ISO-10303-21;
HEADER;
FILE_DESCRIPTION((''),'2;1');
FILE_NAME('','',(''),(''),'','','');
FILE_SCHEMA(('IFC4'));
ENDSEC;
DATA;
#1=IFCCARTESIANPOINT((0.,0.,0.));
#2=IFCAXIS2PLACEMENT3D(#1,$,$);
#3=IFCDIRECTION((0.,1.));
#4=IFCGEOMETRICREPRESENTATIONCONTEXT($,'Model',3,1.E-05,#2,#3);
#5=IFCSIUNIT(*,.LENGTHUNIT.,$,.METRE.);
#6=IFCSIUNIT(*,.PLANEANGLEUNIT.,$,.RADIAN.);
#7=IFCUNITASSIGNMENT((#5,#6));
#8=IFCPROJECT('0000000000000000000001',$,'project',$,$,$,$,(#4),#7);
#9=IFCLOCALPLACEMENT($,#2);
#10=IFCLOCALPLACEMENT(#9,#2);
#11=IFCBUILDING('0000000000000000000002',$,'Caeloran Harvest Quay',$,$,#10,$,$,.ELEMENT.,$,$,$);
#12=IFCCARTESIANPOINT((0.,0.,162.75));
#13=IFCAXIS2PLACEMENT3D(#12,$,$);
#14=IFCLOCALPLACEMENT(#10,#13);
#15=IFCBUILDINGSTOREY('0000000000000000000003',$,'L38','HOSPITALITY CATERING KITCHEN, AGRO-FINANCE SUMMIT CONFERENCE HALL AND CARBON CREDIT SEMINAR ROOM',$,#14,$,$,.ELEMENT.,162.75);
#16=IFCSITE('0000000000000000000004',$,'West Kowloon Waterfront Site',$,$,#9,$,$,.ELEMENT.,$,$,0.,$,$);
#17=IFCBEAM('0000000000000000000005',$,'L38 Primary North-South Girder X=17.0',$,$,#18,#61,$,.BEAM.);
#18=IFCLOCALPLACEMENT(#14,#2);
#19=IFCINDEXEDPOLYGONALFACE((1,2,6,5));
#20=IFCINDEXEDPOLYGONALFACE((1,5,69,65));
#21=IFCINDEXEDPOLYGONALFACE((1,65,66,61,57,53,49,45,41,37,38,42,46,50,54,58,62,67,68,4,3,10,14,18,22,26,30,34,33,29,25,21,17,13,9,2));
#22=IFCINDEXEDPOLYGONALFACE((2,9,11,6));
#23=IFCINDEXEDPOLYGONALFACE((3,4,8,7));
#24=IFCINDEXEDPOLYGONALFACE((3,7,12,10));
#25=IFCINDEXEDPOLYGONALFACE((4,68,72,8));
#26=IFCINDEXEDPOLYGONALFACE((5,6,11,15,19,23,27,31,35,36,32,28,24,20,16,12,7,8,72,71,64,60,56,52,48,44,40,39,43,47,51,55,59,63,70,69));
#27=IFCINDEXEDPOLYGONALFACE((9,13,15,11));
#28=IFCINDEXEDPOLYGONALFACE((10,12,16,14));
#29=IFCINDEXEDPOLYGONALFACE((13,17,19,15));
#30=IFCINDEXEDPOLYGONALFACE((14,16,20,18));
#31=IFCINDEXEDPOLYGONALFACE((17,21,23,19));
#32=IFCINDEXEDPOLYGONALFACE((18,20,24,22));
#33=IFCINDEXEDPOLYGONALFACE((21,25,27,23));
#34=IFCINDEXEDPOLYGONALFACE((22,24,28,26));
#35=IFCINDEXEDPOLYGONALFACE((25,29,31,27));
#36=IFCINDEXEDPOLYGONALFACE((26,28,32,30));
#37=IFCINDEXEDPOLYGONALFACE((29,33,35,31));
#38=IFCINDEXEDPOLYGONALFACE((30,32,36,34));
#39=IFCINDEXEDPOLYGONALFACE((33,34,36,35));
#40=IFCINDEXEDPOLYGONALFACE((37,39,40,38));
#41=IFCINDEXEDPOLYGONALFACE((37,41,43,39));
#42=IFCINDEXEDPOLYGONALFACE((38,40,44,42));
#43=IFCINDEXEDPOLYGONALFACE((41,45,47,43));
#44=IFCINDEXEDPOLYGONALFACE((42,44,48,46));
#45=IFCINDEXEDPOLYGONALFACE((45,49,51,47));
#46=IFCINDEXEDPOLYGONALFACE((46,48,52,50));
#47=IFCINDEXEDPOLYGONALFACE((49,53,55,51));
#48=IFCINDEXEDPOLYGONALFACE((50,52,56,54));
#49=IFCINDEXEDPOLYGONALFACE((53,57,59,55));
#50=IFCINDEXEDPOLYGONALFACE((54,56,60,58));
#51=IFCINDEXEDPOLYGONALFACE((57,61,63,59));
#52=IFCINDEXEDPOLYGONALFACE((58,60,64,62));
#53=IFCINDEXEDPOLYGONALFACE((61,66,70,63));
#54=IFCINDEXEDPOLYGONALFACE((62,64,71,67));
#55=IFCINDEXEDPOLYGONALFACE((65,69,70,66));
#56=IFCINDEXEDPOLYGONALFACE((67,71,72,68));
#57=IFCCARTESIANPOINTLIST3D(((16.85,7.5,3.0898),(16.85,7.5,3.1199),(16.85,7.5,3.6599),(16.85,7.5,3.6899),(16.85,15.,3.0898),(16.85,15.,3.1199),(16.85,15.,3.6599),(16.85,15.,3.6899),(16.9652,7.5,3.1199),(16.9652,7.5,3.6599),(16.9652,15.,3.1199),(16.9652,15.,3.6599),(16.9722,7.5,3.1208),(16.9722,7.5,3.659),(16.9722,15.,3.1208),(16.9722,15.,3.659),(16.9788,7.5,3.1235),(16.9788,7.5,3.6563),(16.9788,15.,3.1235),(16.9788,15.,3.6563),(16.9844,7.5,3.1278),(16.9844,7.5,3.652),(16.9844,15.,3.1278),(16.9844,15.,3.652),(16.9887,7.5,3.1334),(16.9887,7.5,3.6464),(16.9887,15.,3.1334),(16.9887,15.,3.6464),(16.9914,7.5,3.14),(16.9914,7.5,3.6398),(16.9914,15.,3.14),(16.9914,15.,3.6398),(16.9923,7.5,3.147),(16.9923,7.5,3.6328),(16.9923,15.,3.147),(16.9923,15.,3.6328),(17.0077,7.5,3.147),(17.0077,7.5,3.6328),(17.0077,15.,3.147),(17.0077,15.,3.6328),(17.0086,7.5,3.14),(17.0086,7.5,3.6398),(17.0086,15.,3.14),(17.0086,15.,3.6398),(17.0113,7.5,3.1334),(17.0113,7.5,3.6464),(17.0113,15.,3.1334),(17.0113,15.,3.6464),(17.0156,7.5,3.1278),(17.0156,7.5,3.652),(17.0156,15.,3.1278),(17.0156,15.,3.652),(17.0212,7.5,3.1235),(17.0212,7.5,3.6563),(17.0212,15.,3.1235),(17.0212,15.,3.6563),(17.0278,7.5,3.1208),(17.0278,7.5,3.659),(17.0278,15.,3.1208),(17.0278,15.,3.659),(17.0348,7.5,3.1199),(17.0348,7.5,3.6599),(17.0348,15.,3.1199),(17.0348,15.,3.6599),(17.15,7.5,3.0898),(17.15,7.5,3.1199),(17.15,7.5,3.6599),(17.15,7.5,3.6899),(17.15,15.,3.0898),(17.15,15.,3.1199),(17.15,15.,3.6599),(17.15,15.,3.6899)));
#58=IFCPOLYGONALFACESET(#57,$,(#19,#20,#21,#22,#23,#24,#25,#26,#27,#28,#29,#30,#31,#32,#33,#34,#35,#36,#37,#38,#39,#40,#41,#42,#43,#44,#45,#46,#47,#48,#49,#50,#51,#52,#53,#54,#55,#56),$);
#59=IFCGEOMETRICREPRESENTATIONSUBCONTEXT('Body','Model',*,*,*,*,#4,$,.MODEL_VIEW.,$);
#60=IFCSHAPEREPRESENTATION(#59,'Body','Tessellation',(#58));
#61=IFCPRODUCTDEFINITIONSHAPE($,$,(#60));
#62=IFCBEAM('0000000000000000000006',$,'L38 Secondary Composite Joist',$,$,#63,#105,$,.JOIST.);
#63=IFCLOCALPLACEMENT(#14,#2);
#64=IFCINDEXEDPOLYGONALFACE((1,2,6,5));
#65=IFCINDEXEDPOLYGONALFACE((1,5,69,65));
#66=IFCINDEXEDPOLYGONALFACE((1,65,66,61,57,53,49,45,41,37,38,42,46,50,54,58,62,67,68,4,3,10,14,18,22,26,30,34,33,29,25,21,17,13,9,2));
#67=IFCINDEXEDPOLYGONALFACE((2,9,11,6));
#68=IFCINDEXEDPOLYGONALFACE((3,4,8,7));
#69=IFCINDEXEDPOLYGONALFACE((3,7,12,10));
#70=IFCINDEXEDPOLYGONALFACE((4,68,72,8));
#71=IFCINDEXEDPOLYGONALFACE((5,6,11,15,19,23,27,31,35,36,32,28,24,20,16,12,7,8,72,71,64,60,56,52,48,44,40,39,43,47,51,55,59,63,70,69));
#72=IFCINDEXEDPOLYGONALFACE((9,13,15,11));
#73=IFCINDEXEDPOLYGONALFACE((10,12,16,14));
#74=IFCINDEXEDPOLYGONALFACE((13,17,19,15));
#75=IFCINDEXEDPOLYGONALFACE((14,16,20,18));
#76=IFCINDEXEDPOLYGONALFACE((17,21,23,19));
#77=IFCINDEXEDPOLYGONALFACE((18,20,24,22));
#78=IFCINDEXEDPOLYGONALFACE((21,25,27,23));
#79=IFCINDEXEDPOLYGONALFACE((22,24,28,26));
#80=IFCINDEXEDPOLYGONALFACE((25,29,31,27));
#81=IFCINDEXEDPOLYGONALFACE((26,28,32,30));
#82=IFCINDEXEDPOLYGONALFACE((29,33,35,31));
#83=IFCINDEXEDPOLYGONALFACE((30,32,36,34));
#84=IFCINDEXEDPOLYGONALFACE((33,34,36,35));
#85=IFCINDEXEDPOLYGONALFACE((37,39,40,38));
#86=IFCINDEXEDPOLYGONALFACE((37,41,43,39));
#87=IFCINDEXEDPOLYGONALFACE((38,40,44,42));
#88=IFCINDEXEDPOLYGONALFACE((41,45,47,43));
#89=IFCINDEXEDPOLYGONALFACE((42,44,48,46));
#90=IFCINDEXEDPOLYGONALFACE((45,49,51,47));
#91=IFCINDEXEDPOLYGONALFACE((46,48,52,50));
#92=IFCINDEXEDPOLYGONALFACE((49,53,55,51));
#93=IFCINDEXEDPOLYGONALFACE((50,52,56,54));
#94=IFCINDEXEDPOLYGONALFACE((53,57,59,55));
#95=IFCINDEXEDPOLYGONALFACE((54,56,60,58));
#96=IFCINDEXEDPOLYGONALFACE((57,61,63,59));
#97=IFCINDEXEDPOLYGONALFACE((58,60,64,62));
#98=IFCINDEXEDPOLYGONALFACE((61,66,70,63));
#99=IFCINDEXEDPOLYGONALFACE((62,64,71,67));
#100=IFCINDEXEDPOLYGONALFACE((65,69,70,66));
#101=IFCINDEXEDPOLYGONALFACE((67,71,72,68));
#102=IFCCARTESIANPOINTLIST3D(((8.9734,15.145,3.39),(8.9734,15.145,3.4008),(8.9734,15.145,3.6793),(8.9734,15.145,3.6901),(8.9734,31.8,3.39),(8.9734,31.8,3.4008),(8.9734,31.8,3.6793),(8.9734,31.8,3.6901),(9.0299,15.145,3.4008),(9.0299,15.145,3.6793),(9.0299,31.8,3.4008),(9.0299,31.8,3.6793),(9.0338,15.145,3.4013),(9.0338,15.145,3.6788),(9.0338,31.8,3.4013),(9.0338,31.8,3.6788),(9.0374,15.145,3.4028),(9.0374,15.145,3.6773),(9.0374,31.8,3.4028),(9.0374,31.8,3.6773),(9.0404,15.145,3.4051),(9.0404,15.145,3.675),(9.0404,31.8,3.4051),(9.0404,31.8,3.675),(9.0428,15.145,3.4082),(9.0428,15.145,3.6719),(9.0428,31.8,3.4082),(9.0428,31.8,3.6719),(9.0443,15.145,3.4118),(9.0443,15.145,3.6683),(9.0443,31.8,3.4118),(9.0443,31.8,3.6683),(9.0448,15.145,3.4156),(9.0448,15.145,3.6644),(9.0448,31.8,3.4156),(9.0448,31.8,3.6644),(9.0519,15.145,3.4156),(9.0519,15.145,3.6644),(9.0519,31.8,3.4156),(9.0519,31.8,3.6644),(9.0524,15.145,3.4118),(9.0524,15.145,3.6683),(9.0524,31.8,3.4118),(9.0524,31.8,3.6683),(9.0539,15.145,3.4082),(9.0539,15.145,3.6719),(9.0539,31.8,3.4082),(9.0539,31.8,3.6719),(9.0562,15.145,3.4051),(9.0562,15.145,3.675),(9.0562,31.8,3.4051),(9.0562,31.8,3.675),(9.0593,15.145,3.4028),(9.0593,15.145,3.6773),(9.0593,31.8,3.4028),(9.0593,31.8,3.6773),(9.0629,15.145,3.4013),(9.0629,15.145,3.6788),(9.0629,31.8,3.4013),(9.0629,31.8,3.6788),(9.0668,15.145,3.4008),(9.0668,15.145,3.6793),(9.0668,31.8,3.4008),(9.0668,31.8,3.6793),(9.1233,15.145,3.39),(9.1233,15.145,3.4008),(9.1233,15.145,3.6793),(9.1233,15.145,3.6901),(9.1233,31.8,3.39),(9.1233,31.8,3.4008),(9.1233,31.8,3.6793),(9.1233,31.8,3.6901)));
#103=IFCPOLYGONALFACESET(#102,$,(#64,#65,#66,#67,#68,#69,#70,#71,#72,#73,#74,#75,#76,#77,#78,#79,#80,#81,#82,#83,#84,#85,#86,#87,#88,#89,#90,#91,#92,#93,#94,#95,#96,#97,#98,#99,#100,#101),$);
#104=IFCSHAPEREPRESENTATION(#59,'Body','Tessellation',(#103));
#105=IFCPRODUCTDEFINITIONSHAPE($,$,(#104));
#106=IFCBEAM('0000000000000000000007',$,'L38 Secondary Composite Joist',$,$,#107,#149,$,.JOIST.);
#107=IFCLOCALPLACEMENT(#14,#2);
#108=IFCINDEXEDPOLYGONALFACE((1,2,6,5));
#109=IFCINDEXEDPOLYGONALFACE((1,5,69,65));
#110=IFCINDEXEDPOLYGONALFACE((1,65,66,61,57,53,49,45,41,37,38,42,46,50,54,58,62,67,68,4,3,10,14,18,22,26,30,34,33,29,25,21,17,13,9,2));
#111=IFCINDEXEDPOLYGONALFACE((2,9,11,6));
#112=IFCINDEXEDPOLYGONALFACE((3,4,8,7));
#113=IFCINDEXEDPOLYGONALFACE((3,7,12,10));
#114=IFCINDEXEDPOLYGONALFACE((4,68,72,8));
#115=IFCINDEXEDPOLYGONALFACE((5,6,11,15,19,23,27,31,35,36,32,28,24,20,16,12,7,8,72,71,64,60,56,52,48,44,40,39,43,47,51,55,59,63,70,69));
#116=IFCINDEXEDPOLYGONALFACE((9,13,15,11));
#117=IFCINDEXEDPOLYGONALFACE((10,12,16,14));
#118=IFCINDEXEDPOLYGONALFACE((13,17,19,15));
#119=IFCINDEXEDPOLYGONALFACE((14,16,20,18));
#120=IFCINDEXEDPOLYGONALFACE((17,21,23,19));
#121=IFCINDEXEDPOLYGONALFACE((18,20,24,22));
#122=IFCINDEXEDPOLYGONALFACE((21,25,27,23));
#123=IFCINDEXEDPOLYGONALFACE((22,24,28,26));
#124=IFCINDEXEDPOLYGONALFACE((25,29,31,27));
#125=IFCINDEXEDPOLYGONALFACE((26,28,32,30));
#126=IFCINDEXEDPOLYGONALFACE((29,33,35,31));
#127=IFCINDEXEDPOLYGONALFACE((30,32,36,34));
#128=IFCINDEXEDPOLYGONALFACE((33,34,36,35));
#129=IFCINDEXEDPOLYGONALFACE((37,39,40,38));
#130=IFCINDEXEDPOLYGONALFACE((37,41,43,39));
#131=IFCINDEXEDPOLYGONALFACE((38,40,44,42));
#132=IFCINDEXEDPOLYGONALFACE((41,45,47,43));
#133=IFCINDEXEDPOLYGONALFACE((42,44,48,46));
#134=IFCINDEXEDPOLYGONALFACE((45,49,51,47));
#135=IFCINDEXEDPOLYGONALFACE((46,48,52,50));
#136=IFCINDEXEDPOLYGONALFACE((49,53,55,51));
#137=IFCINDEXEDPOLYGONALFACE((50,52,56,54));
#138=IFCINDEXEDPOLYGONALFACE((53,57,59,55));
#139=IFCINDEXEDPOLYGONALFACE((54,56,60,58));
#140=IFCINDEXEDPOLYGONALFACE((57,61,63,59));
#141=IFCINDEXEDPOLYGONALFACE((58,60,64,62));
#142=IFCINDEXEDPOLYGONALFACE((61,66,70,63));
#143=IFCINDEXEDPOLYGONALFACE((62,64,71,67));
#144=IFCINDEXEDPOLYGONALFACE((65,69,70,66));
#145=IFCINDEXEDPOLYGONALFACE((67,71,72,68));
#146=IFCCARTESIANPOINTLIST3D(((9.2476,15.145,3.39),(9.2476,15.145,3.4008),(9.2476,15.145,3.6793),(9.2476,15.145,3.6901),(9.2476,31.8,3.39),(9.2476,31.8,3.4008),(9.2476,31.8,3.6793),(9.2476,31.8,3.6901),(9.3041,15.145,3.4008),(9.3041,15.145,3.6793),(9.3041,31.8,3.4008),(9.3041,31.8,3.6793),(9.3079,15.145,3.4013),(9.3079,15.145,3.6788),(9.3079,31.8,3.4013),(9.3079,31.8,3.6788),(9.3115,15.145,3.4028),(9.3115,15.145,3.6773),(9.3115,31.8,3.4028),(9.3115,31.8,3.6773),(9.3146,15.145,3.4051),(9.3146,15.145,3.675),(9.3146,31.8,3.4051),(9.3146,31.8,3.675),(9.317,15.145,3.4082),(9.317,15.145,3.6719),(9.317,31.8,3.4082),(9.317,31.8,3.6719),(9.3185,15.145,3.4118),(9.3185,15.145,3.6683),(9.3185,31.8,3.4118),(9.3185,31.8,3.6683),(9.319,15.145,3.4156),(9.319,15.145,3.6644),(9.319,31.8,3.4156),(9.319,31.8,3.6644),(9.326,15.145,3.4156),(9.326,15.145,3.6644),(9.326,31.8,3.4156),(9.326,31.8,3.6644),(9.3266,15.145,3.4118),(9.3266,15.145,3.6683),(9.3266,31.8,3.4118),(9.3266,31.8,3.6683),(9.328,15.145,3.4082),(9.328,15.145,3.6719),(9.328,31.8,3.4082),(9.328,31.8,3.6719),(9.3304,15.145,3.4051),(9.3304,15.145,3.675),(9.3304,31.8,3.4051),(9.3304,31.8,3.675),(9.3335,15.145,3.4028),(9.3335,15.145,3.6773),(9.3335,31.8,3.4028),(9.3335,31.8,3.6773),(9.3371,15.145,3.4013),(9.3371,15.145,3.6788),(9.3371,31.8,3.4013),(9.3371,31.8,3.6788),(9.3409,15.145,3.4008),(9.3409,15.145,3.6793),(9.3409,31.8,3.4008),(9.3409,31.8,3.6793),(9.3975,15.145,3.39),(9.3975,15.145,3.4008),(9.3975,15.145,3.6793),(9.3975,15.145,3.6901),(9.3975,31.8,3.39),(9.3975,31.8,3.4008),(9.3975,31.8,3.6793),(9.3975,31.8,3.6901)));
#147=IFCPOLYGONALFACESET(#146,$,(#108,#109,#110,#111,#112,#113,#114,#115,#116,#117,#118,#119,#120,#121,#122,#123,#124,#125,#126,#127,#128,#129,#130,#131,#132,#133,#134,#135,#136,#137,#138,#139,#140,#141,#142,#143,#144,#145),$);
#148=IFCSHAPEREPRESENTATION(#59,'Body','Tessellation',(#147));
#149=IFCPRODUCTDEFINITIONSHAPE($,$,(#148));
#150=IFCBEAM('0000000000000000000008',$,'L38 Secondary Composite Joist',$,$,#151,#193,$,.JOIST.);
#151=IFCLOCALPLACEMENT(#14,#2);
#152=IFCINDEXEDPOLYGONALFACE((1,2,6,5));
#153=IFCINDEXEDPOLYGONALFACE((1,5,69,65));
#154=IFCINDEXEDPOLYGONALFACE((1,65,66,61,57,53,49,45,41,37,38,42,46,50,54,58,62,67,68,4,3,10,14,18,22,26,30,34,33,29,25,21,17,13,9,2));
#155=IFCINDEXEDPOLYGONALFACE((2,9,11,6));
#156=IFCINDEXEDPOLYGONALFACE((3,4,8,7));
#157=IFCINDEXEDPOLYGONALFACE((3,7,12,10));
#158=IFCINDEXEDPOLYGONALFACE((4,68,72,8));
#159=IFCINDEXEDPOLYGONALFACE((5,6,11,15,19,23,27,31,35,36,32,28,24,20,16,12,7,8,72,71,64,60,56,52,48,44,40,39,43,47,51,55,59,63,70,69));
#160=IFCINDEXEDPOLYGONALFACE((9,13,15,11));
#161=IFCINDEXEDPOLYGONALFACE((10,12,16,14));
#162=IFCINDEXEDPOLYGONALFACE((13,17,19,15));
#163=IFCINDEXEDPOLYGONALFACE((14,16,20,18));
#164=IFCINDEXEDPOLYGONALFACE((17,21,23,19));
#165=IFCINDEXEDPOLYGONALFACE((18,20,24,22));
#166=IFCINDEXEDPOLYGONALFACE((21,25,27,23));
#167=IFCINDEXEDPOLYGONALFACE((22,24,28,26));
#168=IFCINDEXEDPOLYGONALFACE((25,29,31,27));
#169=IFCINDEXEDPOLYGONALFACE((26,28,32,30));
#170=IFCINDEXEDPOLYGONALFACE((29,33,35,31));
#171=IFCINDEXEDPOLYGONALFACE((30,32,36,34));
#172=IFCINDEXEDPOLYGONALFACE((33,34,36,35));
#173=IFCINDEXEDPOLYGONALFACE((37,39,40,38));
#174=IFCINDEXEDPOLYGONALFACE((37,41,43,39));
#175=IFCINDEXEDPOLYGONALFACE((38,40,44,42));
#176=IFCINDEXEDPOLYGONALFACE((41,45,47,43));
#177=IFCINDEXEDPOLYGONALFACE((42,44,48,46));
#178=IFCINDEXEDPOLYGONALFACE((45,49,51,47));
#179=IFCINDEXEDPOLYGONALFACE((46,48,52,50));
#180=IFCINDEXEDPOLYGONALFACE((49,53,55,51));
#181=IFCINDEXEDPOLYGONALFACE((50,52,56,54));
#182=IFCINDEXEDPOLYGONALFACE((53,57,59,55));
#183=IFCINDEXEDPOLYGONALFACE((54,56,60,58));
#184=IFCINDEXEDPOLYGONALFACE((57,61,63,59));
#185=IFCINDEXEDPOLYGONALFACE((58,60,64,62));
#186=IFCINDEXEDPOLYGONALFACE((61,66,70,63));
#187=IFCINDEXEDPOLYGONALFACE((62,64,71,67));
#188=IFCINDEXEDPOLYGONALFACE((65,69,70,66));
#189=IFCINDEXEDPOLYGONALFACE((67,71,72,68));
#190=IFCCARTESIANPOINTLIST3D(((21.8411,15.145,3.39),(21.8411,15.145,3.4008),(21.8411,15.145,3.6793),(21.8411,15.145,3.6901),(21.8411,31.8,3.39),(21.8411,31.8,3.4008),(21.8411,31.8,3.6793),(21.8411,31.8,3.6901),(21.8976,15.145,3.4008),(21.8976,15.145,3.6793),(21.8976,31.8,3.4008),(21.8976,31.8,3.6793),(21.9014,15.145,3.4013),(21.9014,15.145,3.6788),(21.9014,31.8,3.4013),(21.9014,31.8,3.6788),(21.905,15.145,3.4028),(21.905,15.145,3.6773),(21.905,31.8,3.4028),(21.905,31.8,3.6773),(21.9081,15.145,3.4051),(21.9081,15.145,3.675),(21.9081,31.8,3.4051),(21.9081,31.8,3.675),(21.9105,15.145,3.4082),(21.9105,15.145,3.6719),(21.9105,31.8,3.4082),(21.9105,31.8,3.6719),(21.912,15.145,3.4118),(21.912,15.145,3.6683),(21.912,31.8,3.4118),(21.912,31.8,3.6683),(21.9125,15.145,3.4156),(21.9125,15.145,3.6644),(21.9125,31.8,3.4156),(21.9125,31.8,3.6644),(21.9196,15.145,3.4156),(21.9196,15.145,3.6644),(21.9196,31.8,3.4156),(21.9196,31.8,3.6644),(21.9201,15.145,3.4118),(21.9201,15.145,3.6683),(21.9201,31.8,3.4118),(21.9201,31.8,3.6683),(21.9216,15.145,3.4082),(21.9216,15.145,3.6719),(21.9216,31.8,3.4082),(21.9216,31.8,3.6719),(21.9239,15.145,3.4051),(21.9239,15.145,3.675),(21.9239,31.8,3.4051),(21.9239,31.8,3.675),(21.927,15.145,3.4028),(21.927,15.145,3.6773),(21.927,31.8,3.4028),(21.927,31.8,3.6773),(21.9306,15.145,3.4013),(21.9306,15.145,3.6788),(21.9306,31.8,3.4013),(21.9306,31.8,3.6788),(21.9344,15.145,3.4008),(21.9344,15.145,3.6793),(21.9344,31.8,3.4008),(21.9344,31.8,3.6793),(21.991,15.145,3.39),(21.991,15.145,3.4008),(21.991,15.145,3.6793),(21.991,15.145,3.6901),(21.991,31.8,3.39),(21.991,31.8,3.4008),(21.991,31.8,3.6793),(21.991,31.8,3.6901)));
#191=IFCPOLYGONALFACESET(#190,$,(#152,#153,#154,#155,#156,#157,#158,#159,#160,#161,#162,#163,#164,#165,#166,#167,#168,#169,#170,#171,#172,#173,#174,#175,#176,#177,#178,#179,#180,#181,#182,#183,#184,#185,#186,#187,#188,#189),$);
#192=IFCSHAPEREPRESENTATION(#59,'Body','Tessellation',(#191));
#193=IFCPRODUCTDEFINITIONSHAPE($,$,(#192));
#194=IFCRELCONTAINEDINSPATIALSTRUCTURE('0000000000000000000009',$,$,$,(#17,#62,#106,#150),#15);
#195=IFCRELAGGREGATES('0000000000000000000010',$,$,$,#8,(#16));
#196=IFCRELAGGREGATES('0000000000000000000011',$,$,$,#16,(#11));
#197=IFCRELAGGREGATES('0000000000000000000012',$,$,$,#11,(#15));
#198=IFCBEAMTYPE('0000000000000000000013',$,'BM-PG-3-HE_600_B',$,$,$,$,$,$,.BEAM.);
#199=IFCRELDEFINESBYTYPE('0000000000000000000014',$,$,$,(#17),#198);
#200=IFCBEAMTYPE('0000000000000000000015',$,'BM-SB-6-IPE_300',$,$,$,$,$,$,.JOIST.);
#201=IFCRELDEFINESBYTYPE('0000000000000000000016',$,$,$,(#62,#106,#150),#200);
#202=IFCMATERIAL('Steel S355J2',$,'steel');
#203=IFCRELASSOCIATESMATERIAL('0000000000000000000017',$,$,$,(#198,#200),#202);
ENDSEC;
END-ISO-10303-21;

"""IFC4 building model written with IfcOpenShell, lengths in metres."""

from ifc_helpers import new_model, si_unit, direction, frame, origin, origin_2d, place, context, subcontext, project, spatial, i_section, extrude, material, material_profile, profile_set, type_object, element, save


model = new_model("IFC4")

# Units and contexts
model_context = context("Model", 3, precision=1e-05, world=origin(), true_north=direction((0.0, 1.0)))
body_context = subcontext(model_context, "Body", "Model", "MODEL_VIEW")
ifc_project = project(units=[si_unit("LENGTHUNIT", "METRE"), si_unit("PLANEANGLEUNIT", "RADIAN")], contexts=[model_context])

# Site, building, storey
site_placement = place(None, origin())
site = spatial("IfcSite", under=ifc_project, at=site_placement, Name="West Kowloon Waterfront Site", CompositionType="ELEMENT", RefElevation=0.0)
building_placement = place(site_placement, origin())
building = spatial("IfcBuilding", under=site, at=building_placement, Name="Caeloran Harvest Quay", CompositionType="ELEMENT")
storey_placement = place(building_placement, frame((0.0, 0.0, 162.75)))
storey = spatial("IfcBuildingStorey", under=building, at=storey_placement, Name="L38", Description="HOSPITALITY CATERING KITCHEN, AGRO-FINANCE SUMMIT CONFERENCE HALL AND CARBON CREDIT SEMINAR ROOM", CompositionType="ELEMENT", Elevation=162.75)

# Beams
ifc_material_1 = material(Name="Steel S355J2", Category="steel")
ifc_material_profile_1 = material_profile(ifc_material_1, i_section(OverallWidth=0.3, OverallDepth=0.6001, WebThickness=0.0154, FlangeThickness=0.03, FilletRadius=0.0271, at=origin_2d()), Name="HE 600 B")
ifc_profile_set_1 = profile_set([ifc_material_profile_1], Name="Steel S355J2")
beam_type_1 = type_object("IfcBeamType", Name="BM-PG-3-HE_600_B", PredefinedType="BEAM", material=ifc_profile_set_1)
beam_1_placement = place(storey_placement, frame((17.0, 7.5, 3.3899), z_axis=(0.0, 1.0, 0.0), x_axis=(-1.0, 0.0, 0.0)))
element("IfcBeam", 1, at=beam_1_placement, inside=storey, type_object=beam_type_1, Name="L38 Primary North-South Girder X=17.0", PredefinedType="BEAM", context=body_context, shape_type="SweptSolid", body=[
    extrude(i_section(OverallWidth=0.3, OverallDepth=0.6001, WebThickness=0.0154, FlangeThickness=0.03, FilletRadius=0.0271, at=origin_2d()), origin(), (0.0, 0.0, 1.0), 7.5),
])
ifc_material_profile_2 = material_profile(ifc_material_1, i_section(OverallWidth=0.1499, OverallDepth=0.3, WebThickness=0.0071, FlangeThickness=0.0107, FilletRadius=0.0149, at=origin_2d()), Name="IPE 300")
ifc_profile_set_2 = profile_set([ifc_material_profile_2], Name="Steel S355J2")
beam_type_2 = type_object("IfcBeamType", Name="BM-SB-6-IPE_300", PredefinedType="JOIST", material=ifc_profile_set_2)
for number, where, z_axis, x_axis, name in (
    (2, (9.0483, 15.145, 3.54), (0.0, 1.0, 0.0), (-1.0, 0.0, 0.0), "L38 Secondary Composite Joist"),
    (3, (9.3225, 15.145, 3.54), (0.0, 1.0, 0.0), (-1.0, 0.0, 0.0), "L38 Secondary Composite Joist"),
    (4, (21.916, 15.145, 3.54), (0.0, 1.0, 0.0), (-1.0, 0.0, 0.0), "L38 Secondary Composite Joist"),
):
    element("IfcBeam", number, at=place(storey_placement, frame(where, z_axis=z_axis, x_axis=x_axis)), inside=storey, type_object=beam_type_2, Name=name, PredefinedType="JOIST", context=body_context, shape_type="SweptSolid", body=[
        extrude(i_section(OverallWidth=0.1499, OverallDepth=0.3, WebThickness=0.0071, FlangeThickness=0.0107, FilletRadius=0.0149, at=origin_2d()), origin(), (0.0, 0.0, 1.0), 16.655),
    ])

save(model, "model.ifc")
